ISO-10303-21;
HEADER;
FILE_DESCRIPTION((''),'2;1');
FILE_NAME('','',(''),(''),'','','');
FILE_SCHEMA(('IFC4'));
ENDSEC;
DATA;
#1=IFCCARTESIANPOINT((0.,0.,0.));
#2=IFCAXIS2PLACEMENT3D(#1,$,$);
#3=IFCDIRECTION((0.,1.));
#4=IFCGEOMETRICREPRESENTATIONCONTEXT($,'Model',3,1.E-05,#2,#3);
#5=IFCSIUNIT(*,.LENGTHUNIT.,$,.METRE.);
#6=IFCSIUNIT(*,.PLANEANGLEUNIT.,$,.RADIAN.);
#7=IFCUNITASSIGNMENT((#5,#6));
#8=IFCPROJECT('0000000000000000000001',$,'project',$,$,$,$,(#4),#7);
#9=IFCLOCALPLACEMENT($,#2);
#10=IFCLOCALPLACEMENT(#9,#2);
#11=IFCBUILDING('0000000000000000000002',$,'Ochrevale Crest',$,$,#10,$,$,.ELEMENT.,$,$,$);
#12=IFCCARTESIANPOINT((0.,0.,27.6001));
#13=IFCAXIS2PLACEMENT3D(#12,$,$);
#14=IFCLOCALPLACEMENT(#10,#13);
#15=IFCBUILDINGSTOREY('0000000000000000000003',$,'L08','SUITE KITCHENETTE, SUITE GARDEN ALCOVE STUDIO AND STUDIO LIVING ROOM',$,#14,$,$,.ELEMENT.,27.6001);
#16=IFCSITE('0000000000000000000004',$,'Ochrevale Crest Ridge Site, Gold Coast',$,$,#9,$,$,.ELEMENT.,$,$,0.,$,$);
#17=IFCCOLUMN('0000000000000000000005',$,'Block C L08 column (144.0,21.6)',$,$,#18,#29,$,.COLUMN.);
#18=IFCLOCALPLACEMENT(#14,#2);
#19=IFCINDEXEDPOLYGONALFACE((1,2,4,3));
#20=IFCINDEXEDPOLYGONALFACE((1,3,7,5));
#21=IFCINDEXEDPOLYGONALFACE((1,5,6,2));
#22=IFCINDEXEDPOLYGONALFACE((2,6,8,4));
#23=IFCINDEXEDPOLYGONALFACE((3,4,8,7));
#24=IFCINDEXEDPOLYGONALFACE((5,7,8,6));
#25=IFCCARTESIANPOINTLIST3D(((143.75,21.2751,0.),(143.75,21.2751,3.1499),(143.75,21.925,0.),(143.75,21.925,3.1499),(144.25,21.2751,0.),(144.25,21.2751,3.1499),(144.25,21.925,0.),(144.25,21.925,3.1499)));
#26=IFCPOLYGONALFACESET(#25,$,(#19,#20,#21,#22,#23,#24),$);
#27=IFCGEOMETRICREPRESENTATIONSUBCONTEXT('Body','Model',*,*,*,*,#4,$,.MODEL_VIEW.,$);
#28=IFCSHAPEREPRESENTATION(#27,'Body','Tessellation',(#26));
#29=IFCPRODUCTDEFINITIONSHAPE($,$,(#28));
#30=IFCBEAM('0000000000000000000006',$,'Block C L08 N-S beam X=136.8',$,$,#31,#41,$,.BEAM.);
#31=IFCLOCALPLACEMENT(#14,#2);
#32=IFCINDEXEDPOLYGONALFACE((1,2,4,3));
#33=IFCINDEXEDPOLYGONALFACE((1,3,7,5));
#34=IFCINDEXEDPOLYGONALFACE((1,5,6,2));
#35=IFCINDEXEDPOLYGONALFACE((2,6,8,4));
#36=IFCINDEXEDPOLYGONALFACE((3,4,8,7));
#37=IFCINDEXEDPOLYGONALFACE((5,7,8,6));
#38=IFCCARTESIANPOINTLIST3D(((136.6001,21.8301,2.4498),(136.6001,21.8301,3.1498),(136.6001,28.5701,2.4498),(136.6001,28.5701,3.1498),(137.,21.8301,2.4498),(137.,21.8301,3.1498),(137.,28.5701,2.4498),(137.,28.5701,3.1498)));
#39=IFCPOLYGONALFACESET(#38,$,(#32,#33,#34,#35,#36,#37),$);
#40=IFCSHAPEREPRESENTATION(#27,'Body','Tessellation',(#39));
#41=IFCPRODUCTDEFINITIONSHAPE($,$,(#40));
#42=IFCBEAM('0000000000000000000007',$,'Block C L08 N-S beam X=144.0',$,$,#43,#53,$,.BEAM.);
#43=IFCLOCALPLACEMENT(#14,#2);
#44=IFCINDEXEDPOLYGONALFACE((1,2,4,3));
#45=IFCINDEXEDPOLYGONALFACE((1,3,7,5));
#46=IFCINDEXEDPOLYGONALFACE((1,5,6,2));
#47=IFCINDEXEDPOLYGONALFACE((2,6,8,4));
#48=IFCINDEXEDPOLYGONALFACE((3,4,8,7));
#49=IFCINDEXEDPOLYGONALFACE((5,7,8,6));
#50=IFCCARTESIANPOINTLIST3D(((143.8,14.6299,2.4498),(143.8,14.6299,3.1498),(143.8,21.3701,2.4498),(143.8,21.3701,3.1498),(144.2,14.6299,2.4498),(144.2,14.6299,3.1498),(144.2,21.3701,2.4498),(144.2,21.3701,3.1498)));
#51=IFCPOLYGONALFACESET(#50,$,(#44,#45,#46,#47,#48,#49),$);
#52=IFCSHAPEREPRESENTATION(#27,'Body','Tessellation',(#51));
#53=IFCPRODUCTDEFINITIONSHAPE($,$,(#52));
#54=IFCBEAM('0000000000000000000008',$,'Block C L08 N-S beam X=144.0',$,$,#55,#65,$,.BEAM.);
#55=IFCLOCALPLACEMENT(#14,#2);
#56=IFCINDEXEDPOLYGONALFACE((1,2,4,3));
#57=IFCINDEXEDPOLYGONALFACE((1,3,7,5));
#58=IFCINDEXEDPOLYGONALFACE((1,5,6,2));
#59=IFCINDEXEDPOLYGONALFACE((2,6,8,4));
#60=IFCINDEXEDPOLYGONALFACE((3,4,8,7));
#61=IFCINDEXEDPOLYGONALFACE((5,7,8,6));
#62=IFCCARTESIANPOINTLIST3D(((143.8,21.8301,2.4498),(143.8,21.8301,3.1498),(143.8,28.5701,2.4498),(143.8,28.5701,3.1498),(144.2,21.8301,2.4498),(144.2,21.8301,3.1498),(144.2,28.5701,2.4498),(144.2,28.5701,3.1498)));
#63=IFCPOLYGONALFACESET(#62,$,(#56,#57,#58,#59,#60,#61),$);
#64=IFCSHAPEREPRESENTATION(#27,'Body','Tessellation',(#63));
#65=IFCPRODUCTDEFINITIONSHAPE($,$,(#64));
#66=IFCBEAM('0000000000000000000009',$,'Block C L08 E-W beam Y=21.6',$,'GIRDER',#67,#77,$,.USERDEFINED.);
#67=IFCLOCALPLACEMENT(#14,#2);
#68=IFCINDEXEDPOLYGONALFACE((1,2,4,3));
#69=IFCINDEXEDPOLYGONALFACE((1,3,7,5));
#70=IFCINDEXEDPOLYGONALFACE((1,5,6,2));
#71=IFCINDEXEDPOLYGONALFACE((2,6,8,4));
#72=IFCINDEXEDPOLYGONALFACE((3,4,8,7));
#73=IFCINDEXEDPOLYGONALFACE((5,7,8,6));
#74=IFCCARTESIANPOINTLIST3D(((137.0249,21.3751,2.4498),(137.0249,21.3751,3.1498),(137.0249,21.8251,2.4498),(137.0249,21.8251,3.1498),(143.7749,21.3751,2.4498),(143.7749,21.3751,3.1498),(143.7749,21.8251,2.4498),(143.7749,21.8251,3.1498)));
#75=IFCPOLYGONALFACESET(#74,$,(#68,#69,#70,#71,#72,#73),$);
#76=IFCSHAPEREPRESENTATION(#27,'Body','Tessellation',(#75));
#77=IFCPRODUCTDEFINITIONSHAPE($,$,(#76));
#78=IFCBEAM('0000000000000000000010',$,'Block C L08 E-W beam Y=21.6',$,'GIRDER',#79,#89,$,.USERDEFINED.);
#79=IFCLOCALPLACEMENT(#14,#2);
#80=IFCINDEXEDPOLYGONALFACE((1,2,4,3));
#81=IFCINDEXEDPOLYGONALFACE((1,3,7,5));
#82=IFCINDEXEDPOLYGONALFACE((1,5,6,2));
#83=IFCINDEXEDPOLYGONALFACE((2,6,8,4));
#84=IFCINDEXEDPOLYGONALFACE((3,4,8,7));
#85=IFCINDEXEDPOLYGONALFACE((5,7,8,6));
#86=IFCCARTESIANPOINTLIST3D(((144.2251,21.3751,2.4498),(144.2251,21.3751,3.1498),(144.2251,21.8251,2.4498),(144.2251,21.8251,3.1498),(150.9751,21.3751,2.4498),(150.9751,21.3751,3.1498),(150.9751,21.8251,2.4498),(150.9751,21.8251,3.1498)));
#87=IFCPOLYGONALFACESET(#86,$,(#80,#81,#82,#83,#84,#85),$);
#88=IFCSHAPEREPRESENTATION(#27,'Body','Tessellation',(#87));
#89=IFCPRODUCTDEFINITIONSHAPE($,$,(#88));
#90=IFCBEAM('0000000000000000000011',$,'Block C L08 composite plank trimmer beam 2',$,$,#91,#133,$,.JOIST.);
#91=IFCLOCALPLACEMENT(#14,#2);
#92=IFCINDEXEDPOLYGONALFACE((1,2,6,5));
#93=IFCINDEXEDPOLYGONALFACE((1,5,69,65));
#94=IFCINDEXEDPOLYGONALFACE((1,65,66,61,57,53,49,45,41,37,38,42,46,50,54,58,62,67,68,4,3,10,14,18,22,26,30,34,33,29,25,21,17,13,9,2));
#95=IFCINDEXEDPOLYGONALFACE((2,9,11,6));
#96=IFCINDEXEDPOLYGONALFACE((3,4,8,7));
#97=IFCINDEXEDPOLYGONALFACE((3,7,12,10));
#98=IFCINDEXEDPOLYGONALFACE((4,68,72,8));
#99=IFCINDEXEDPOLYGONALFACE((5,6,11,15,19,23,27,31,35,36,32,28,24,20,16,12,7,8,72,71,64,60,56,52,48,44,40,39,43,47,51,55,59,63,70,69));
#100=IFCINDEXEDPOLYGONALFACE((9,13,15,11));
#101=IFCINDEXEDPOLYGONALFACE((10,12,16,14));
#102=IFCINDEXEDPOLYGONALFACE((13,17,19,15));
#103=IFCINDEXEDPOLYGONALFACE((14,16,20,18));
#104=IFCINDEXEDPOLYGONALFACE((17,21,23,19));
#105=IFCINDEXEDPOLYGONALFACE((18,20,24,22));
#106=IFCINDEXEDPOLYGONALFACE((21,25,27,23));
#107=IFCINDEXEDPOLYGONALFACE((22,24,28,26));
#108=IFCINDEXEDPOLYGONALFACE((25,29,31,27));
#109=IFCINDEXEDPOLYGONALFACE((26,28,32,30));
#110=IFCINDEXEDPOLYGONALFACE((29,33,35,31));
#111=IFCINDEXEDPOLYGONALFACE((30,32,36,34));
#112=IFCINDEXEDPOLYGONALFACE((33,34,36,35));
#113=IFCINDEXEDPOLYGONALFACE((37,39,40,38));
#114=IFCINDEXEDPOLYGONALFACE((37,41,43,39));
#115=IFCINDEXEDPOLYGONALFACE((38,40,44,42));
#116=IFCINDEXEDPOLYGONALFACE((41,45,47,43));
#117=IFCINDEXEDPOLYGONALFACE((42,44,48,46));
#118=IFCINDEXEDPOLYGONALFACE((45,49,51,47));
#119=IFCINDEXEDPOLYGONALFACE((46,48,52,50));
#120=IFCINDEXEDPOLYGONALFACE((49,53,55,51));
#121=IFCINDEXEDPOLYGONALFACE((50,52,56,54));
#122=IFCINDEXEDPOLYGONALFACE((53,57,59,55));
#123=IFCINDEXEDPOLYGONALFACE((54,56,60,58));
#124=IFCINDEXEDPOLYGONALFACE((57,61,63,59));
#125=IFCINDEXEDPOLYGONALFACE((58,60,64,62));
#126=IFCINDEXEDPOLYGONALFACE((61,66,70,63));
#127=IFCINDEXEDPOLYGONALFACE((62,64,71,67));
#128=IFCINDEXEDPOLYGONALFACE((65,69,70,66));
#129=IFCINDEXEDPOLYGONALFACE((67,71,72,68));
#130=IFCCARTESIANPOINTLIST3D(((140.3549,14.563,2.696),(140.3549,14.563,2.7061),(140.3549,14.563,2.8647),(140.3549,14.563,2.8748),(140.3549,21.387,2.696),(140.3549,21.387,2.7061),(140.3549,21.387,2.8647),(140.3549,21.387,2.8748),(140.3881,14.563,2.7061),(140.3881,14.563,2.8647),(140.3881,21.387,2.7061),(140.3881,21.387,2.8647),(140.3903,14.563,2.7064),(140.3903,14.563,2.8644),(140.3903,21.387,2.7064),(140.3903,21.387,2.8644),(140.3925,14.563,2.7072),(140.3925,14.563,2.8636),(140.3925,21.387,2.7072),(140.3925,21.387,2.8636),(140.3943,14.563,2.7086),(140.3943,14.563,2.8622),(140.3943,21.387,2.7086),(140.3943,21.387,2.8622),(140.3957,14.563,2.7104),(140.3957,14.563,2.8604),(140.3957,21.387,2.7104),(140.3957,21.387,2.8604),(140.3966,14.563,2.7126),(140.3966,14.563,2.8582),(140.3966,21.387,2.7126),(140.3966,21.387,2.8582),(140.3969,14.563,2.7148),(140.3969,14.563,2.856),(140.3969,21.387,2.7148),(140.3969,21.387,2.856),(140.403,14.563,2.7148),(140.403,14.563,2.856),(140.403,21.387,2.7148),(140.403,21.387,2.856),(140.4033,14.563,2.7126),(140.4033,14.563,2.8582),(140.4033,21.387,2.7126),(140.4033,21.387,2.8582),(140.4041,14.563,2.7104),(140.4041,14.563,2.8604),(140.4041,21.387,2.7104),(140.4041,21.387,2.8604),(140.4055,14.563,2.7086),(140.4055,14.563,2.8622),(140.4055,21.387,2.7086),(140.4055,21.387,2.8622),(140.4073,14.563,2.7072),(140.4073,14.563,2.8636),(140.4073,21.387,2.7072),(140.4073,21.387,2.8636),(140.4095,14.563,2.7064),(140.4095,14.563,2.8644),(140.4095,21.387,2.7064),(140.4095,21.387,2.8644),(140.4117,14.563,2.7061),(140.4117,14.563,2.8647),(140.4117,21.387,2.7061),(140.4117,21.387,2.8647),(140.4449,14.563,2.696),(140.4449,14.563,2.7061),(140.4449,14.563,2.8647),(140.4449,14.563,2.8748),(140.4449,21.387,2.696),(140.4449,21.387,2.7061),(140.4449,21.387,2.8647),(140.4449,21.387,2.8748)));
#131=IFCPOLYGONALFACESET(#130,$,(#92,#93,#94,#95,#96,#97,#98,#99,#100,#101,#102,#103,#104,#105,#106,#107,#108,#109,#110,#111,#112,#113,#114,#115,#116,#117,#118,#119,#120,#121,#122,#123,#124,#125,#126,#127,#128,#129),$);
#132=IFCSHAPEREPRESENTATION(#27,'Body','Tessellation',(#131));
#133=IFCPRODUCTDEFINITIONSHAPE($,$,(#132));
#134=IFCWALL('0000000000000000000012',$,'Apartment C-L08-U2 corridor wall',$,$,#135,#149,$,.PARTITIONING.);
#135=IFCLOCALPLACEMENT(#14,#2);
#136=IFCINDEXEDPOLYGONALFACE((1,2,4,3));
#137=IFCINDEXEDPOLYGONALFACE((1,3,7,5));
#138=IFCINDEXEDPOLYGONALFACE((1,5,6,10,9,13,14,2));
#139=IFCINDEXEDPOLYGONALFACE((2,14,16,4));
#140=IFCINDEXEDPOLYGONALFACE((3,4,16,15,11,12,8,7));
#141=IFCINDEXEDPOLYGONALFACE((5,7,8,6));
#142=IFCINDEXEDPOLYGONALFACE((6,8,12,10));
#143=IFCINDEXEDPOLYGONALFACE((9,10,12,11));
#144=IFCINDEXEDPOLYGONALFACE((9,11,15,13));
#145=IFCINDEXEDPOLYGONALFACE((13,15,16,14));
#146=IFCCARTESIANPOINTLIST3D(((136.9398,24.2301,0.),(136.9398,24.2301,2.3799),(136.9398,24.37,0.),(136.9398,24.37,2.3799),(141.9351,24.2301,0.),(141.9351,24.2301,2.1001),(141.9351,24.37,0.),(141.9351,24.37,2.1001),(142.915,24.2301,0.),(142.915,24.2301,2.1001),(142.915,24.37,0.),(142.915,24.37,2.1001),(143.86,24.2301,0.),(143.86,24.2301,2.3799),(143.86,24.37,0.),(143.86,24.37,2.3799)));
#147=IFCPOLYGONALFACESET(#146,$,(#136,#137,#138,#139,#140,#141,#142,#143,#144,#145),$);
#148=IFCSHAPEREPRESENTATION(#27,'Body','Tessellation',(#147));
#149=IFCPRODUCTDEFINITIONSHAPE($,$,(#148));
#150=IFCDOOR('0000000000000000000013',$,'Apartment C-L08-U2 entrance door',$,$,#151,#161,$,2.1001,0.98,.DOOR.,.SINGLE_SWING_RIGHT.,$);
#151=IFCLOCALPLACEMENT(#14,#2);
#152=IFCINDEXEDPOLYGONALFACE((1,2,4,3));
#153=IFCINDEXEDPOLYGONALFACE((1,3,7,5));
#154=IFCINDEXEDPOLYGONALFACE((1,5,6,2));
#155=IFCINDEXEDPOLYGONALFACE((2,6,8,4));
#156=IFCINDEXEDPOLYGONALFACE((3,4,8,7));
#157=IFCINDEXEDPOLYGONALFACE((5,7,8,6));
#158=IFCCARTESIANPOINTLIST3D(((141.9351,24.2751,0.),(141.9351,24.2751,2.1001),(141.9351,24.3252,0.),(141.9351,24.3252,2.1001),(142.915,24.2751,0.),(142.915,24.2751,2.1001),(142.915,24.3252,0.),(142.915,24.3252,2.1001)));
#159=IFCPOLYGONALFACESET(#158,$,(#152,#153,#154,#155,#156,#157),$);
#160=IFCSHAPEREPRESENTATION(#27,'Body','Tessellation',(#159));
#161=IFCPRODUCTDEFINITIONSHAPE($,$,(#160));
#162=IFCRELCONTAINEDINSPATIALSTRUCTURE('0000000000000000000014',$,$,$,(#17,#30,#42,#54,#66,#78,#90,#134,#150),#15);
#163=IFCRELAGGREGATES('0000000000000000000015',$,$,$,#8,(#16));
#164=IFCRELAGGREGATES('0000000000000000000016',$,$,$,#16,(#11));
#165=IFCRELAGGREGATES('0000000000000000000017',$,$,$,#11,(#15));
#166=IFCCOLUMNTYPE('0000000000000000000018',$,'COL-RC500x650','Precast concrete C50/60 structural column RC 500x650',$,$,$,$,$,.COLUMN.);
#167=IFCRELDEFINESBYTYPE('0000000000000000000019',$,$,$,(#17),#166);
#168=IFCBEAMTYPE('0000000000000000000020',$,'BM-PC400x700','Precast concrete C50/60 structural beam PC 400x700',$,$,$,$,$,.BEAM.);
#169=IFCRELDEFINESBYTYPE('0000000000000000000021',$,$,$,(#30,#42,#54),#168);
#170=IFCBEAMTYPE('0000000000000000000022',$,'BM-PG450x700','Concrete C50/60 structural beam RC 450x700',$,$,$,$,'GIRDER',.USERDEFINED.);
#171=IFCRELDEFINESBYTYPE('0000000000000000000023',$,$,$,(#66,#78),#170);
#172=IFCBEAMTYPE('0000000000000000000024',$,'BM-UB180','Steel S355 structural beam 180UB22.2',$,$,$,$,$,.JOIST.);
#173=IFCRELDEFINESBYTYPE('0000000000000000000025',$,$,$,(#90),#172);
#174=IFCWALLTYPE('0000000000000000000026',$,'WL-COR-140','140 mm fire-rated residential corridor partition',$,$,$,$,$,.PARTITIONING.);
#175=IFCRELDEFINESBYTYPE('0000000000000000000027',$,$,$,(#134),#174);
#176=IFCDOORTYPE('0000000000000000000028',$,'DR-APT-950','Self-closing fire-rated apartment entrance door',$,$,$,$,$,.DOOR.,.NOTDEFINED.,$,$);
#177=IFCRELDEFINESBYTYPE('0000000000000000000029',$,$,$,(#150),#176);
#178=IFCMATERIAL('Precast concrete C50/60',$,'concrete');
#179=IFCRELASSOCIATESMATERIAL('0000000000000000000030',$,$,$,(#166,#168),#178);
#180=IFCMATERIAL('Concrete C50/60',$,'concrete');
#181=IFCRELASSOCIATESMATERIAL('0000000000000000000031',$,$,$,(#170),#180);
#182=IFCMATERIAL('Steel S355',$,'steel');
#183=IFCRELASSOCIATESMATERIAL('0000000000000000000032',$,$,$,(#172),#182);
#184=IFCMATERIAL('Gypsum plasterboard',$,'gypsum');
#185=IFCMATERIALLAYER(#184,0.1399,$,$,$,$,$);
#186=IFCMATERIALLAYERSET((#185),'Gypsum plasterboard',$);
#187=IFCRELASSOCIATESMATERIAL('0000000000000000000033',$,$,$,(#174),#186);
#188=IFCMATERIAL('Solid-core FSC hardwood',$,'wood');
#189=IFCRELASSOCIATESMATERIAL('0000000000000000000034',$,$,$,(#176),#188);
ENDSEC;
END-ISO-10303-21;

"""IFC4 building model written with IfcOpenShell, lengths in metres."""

from ifc_helpers import new_model, si_unit, direction, frame, frame_2d, origin, origin_2d, place, context, subcontext, project, spatial, rectangle, i_section, extrude, material, layer, layer_set, material_profile, profile_set, type_object, element, fill, save


model = new_model("IFC4")

# Units and contexts
model_context = context("Model", 3, precision=1e-05, world=origin(), true_north=direction((0.0, 1.0)))
body_context = subcontext(model_context, "Body", "Model", "MODEL_VIEW")
ifc_project = project(units=[si_unit("LENGTHUNIT", "METRE"), si_unit("PLANEANGLEUNIT", "RADIAN")], contexts=[model_context])

# Site, building, storey
site_placement = place(None, origin())
site = spatial("IfcSite", under=ifc_project, at=site_placement, Name="Ochrevale Crest Ridge Site, Gold Coast", CompositionType="ELEMENT", RefElevation=0.0)
building_placement = place(site_placement, origin())
building = spatial("IfcBuilding", under=site, at=building_placement, Name="Ochrevale Crest", CompositionType="ELEMENT")
storey_placement = place(building_placement, frame((0.0, 0.0, 27.6001)))
storey = spatial("IfcBuildingStorey", under=building, at=storey_placement, Name="L08", Description="SUITE KITCHENETTE, SUITE GARDEN ALCOVE STUDIO AND STUDIO LIVING ROOM", CompositionType="ELEMENT", Elevation=27.6001)

# Column
ifc_material_1 = material(Name="Precast concrete C50/60", Category="concrete")
ifc_material_profile_1 = material_profile(ifc_material_1, rectangle(XDim=0.5, YDim=0.6499, at=origin_2d()), Name="RC 500x650")
ifc_profile_set_1 = profile_set([ifc_material_profile_1], Name="Precast concrete C50/60")
column_type = type_object("IfcColumnType", Name="COL-RC500x650", Description="Precast concrete C50/60 structural column RC 500x650", PredefinedType="COLUMN", material=ifc_profile_set_1)
column_placement = place(storey_placement, frame((144.0, 21.6001, 0.0), z_axis=(0.0, 0.0, 1.0), x_axis=(1.0, 0.0, 0.0)))
element("IfcColumn", 1, at=column_placement, inside=storey, type_object=column_type, Name="Block C L08 column (144.0,21.6)", PredefinedType="COLUMN", context=body_context, shape_type="SweptSolid", body=[
    extrude(rectangle(XDim=0.5, YDim=0.6499, at=origin_2d()), origin(), (0.0, 0.0, 1.0), 3.1499),
])

# Beams
ifc_material_profile_2 = material_profile(ifc_material_1, rectangle(XDim=0.3999, YDim=0.7, at=origin_2d()), Name="PC 400x700")
ifc_profile_set_2 = profile_set([ifc_material_profile_2], Name="Precast concrete C50/60")
beam_type_1 = type_object("IfcBeamType", Name="BM-PC400x700", Description="Precast concrete C50/60 structural beam PC 400x700", PredefinedType="BEAM", material=ifc_profile_set_2)
beam_1_placement = place(storey_placement, frame((136.8, 21.8301, 2.7998), z_axis=(0.0, 1.0, 0.0), x_axis=(-1.0, 0.0, 0.0)))
element("IfcBeam", 2, at=beam_1_placement, inside=storey, type_object=beam_type_1, Name="Block C L08 N-S beam X=136.8", PredefinedType="BEAM", context=body_context, shape_type="SweptSolid", body=[
    extrude(rectangle(XDim=0.3999, YDim=0.7, at=origin_2d()), origin(), (0.0, 0.0, 1.0), 6.74),
])
beam_2_placement = place(storey_placement, frame((144.0, 14.6299, 2.7998), z_axis=(0.0, 1.0, 0.0), x_axis=(-1.0, 0.0, 0.0)))
element("IfcBeam", 3, at=beam_2_placement, inside=storey, type_object=beam_type_1, Name="Block C L08 N-S beam X=144.0", PredefinedType="BEAM", context=body_context, shape_type="SweptSolid", body=[
    extrude(rectangle(XDim=0.3999, YDim=0.7, at=origin_2d()), origin(), (0.0, 0.0, 1.0), 6.7402),
])
beam_3_placement = place(storey_placement, frame((144.0, 21.8301, 2.7998), z_axis=(0.0, 1.0, 0.0), x_axis=(-1.0, 0.0, 0.0)))
element("IfcBeam", 4, at=beam_3_placement, inside=storey, type_object=beam_type_1, Name="Block C L08 N-S beam X=144.0", PredefinedType="BEAM", context=body_context, shape_type="SweptSolid", body=[
    extrude(rectangle(XDim=0.3999, YDim=0.7, at=origin_2d()), origin(), (0.0, 0.0, 1.0), 6.74),
])
ifc_material_2 = material(Name="Concrete C50/60", Category="concrete")
ifc_material_profile_3 = material_profile(ifc_material_2, rectangle(XDim=0.45, YDim=0.7, at=origin_2d()), Name="RC 450x700")
ifc_profile_set_3 = profile_set([ifc_material_profile_3], Name="Concrete C50/60")
beam_type_2 = type_object("IfcBeamType", Name="BM-PG450x700", Description="Concrete C50/60 structural beam RC 450x700", ElementType="GIRDER", PredefinedType="USERDEFINED", material=ifc_profile_set_3)
for number, where, z_axis, x_axis, name in (
    (5, (137.0249, 21.6001, 2.7998), (1.0, 0.0, 0.0), (0.0, 1.0, 0.0), "Block C L08 E-W beam Y=21.6"),
    (6, (144.2251, 21.6001, 2.7998), (1.0, 0.0, 0.0), (0.0, 1.0, 0.0), "Block C L08 E-W beam Y=21.6"),
):
    element("IfcBeam", number, at=place(storey_placement, frame(where, z_axis=z_axis, x_axis=x_axis)), inside=storey, type_object=beam_type_2, Name=name, ObjectType="GIRDER", PredefinedType="USERDEFINED", context=body_context, shape_type="SweptSolid", body=[
        extrude(rectangle(XDim=0.45, YDim=0.7, at=origin_2d()), origin(), (0.0, 0.0, 1.0), 6.75),
    ])
ifc_material_3 = material(Name="Steel S355", Category="steel")
ifc_material_profile_4 = material_profile(ifc_material_3, i_section(OverallWidth=0.0901, OverallDepth=0.1787, WebThickness=0.0061, FlangeThickness=0.01, FilletRadius=0.0088, at=origin_2d()), Name="180UB22.2")
ifc_profile_set_4 = profile_set([ifc_material_profile_4], Name="Steel S355")
beam_type_3 = type_object("IfcBeamType", Name="BM-UB180", Description="Steel S355 structural beam 180UB22.2", PredefinedType="JOIST", material=ifc_profile_set_4)
beam_4_placement = place(storey_placement, frame((140.3999, 14.563, 2.7854), z_axis=(0.0, 1.0, 0.0), x_axis=(-1.0, 0.0, 0.0)))
element("IfcBeam", 7, at=beam_4_placement, inside=storey, type_object=beam_type_3, Name="Block C L08 composite plank trimmer beam 2", PredefinedType="JOIST", context=body_context, shape_type="SweptSolid", body=[
    extrude(i_section(OverallWidth=0.0901, OverallDepth=0.1787, WebThickness=0.0061, FlangeThickness=0.01, FilletRadius=0.0088, at=origin_2d()), origin(), (0.0, 0.0, 1.0), 6.824),
])

# Wall, opening, door
ifc_material_4 = material(Name="Gypsum plasterboard", Category="gypsum")
ifc_layer_1 = layer(ifc_material_4, 0.1399)
ifc_layer_set_1 = layer_set([ifc_layer_1], Name="Gypsum plasterboard")
wall_type_1 = type_object("IfcWallType", Name="WL-COR-140", Description="140 mm fire-rated residential corridor partition", PredefinedType="PARTITIONING", material=ifc_layer_set_1)
wall_1_placement = place(storey_placement, frame((136.9399, 24.3, 0.0), z_axis=(0.0, 0.0, 1.0), x_axis=(1.0, 0.0, 0.0)))
wall_1 = element("IfcWall", 8, at=wall_1_placement, inside=storey, type_object=wall_type_1, Name="Apartment C-L08-U2 corridor wall", PredefinedType="PARTITIONING", context=body_context, shape_type="SweptSolid", body=[
    extrude(rectangle(XDim=6.9202, YDim=0.1399, at=frame_2d((3.46, 0.0))), origin(), (0.0, 0.0, 1.0), 2.3799),
])
opening_1_placement = place(wall_1_placement, frame((5.9751, 0.0, 0.0), z_axis=(0.0, 0.0, 1.0), x_axis=(-1.0, 0.0, 0.0)))
opening_1 = element("IfcOpeningElement", 9, at=opening_1_placement, cuts=wall_1, PredefinedType="OPENING", context=body_context, shape_type="SweptSolid", body=[
    extrude(rectangle(XDim=0.98, YDim=2.1001, at=frame_2d((0.49, 1.05))), frame((0.0, 0.0801, 0.0), z_axis=(0.0, -1.0, 0.0), x_axis=(1.0, 0.0, 0.0)), (0.0, 0.0, 1.0), 0.1599),
])
ifc_material_5 = material(Name="Solid-core FSC hardwood", Category="wood")
door_type_1 = type_object("IfcDoorType", Name="DR-APT-950", Description="Self-closing fire-rated apartment entrance door", OperationType="NOTDEFINED", PredefinedType="DOOR", material=ifc_material_5)
door_1_placement = place(opening_1_placement, origin())
door_1 = element("IfcDoor", 10, at=door_1_placement, inside=storey, type_object=door_type_1, Name="Apartment C-L08-U2 entrance door", OperationType="SINGLE_SWING_RIGHT", OverallHeight=2.1001, OverallWidth=0.98, PredefinedType="DOOR", context=body_context, shape_type="SweptSolid", body=[
    extrude(rectangle(XDim=0.98, YDim=2.1001, at=frame_2d((0.49, 1.05))), frame((0.0, 0.0249, 0.0), z_axis=(0.0, -1.0, 0.0), x_axis=(1.0, 0.0, 0.0)), (0.0, 0.0, 1.0), 0.05),
])
fill(opening_1, door_1)

save(model, "model.ifc")
